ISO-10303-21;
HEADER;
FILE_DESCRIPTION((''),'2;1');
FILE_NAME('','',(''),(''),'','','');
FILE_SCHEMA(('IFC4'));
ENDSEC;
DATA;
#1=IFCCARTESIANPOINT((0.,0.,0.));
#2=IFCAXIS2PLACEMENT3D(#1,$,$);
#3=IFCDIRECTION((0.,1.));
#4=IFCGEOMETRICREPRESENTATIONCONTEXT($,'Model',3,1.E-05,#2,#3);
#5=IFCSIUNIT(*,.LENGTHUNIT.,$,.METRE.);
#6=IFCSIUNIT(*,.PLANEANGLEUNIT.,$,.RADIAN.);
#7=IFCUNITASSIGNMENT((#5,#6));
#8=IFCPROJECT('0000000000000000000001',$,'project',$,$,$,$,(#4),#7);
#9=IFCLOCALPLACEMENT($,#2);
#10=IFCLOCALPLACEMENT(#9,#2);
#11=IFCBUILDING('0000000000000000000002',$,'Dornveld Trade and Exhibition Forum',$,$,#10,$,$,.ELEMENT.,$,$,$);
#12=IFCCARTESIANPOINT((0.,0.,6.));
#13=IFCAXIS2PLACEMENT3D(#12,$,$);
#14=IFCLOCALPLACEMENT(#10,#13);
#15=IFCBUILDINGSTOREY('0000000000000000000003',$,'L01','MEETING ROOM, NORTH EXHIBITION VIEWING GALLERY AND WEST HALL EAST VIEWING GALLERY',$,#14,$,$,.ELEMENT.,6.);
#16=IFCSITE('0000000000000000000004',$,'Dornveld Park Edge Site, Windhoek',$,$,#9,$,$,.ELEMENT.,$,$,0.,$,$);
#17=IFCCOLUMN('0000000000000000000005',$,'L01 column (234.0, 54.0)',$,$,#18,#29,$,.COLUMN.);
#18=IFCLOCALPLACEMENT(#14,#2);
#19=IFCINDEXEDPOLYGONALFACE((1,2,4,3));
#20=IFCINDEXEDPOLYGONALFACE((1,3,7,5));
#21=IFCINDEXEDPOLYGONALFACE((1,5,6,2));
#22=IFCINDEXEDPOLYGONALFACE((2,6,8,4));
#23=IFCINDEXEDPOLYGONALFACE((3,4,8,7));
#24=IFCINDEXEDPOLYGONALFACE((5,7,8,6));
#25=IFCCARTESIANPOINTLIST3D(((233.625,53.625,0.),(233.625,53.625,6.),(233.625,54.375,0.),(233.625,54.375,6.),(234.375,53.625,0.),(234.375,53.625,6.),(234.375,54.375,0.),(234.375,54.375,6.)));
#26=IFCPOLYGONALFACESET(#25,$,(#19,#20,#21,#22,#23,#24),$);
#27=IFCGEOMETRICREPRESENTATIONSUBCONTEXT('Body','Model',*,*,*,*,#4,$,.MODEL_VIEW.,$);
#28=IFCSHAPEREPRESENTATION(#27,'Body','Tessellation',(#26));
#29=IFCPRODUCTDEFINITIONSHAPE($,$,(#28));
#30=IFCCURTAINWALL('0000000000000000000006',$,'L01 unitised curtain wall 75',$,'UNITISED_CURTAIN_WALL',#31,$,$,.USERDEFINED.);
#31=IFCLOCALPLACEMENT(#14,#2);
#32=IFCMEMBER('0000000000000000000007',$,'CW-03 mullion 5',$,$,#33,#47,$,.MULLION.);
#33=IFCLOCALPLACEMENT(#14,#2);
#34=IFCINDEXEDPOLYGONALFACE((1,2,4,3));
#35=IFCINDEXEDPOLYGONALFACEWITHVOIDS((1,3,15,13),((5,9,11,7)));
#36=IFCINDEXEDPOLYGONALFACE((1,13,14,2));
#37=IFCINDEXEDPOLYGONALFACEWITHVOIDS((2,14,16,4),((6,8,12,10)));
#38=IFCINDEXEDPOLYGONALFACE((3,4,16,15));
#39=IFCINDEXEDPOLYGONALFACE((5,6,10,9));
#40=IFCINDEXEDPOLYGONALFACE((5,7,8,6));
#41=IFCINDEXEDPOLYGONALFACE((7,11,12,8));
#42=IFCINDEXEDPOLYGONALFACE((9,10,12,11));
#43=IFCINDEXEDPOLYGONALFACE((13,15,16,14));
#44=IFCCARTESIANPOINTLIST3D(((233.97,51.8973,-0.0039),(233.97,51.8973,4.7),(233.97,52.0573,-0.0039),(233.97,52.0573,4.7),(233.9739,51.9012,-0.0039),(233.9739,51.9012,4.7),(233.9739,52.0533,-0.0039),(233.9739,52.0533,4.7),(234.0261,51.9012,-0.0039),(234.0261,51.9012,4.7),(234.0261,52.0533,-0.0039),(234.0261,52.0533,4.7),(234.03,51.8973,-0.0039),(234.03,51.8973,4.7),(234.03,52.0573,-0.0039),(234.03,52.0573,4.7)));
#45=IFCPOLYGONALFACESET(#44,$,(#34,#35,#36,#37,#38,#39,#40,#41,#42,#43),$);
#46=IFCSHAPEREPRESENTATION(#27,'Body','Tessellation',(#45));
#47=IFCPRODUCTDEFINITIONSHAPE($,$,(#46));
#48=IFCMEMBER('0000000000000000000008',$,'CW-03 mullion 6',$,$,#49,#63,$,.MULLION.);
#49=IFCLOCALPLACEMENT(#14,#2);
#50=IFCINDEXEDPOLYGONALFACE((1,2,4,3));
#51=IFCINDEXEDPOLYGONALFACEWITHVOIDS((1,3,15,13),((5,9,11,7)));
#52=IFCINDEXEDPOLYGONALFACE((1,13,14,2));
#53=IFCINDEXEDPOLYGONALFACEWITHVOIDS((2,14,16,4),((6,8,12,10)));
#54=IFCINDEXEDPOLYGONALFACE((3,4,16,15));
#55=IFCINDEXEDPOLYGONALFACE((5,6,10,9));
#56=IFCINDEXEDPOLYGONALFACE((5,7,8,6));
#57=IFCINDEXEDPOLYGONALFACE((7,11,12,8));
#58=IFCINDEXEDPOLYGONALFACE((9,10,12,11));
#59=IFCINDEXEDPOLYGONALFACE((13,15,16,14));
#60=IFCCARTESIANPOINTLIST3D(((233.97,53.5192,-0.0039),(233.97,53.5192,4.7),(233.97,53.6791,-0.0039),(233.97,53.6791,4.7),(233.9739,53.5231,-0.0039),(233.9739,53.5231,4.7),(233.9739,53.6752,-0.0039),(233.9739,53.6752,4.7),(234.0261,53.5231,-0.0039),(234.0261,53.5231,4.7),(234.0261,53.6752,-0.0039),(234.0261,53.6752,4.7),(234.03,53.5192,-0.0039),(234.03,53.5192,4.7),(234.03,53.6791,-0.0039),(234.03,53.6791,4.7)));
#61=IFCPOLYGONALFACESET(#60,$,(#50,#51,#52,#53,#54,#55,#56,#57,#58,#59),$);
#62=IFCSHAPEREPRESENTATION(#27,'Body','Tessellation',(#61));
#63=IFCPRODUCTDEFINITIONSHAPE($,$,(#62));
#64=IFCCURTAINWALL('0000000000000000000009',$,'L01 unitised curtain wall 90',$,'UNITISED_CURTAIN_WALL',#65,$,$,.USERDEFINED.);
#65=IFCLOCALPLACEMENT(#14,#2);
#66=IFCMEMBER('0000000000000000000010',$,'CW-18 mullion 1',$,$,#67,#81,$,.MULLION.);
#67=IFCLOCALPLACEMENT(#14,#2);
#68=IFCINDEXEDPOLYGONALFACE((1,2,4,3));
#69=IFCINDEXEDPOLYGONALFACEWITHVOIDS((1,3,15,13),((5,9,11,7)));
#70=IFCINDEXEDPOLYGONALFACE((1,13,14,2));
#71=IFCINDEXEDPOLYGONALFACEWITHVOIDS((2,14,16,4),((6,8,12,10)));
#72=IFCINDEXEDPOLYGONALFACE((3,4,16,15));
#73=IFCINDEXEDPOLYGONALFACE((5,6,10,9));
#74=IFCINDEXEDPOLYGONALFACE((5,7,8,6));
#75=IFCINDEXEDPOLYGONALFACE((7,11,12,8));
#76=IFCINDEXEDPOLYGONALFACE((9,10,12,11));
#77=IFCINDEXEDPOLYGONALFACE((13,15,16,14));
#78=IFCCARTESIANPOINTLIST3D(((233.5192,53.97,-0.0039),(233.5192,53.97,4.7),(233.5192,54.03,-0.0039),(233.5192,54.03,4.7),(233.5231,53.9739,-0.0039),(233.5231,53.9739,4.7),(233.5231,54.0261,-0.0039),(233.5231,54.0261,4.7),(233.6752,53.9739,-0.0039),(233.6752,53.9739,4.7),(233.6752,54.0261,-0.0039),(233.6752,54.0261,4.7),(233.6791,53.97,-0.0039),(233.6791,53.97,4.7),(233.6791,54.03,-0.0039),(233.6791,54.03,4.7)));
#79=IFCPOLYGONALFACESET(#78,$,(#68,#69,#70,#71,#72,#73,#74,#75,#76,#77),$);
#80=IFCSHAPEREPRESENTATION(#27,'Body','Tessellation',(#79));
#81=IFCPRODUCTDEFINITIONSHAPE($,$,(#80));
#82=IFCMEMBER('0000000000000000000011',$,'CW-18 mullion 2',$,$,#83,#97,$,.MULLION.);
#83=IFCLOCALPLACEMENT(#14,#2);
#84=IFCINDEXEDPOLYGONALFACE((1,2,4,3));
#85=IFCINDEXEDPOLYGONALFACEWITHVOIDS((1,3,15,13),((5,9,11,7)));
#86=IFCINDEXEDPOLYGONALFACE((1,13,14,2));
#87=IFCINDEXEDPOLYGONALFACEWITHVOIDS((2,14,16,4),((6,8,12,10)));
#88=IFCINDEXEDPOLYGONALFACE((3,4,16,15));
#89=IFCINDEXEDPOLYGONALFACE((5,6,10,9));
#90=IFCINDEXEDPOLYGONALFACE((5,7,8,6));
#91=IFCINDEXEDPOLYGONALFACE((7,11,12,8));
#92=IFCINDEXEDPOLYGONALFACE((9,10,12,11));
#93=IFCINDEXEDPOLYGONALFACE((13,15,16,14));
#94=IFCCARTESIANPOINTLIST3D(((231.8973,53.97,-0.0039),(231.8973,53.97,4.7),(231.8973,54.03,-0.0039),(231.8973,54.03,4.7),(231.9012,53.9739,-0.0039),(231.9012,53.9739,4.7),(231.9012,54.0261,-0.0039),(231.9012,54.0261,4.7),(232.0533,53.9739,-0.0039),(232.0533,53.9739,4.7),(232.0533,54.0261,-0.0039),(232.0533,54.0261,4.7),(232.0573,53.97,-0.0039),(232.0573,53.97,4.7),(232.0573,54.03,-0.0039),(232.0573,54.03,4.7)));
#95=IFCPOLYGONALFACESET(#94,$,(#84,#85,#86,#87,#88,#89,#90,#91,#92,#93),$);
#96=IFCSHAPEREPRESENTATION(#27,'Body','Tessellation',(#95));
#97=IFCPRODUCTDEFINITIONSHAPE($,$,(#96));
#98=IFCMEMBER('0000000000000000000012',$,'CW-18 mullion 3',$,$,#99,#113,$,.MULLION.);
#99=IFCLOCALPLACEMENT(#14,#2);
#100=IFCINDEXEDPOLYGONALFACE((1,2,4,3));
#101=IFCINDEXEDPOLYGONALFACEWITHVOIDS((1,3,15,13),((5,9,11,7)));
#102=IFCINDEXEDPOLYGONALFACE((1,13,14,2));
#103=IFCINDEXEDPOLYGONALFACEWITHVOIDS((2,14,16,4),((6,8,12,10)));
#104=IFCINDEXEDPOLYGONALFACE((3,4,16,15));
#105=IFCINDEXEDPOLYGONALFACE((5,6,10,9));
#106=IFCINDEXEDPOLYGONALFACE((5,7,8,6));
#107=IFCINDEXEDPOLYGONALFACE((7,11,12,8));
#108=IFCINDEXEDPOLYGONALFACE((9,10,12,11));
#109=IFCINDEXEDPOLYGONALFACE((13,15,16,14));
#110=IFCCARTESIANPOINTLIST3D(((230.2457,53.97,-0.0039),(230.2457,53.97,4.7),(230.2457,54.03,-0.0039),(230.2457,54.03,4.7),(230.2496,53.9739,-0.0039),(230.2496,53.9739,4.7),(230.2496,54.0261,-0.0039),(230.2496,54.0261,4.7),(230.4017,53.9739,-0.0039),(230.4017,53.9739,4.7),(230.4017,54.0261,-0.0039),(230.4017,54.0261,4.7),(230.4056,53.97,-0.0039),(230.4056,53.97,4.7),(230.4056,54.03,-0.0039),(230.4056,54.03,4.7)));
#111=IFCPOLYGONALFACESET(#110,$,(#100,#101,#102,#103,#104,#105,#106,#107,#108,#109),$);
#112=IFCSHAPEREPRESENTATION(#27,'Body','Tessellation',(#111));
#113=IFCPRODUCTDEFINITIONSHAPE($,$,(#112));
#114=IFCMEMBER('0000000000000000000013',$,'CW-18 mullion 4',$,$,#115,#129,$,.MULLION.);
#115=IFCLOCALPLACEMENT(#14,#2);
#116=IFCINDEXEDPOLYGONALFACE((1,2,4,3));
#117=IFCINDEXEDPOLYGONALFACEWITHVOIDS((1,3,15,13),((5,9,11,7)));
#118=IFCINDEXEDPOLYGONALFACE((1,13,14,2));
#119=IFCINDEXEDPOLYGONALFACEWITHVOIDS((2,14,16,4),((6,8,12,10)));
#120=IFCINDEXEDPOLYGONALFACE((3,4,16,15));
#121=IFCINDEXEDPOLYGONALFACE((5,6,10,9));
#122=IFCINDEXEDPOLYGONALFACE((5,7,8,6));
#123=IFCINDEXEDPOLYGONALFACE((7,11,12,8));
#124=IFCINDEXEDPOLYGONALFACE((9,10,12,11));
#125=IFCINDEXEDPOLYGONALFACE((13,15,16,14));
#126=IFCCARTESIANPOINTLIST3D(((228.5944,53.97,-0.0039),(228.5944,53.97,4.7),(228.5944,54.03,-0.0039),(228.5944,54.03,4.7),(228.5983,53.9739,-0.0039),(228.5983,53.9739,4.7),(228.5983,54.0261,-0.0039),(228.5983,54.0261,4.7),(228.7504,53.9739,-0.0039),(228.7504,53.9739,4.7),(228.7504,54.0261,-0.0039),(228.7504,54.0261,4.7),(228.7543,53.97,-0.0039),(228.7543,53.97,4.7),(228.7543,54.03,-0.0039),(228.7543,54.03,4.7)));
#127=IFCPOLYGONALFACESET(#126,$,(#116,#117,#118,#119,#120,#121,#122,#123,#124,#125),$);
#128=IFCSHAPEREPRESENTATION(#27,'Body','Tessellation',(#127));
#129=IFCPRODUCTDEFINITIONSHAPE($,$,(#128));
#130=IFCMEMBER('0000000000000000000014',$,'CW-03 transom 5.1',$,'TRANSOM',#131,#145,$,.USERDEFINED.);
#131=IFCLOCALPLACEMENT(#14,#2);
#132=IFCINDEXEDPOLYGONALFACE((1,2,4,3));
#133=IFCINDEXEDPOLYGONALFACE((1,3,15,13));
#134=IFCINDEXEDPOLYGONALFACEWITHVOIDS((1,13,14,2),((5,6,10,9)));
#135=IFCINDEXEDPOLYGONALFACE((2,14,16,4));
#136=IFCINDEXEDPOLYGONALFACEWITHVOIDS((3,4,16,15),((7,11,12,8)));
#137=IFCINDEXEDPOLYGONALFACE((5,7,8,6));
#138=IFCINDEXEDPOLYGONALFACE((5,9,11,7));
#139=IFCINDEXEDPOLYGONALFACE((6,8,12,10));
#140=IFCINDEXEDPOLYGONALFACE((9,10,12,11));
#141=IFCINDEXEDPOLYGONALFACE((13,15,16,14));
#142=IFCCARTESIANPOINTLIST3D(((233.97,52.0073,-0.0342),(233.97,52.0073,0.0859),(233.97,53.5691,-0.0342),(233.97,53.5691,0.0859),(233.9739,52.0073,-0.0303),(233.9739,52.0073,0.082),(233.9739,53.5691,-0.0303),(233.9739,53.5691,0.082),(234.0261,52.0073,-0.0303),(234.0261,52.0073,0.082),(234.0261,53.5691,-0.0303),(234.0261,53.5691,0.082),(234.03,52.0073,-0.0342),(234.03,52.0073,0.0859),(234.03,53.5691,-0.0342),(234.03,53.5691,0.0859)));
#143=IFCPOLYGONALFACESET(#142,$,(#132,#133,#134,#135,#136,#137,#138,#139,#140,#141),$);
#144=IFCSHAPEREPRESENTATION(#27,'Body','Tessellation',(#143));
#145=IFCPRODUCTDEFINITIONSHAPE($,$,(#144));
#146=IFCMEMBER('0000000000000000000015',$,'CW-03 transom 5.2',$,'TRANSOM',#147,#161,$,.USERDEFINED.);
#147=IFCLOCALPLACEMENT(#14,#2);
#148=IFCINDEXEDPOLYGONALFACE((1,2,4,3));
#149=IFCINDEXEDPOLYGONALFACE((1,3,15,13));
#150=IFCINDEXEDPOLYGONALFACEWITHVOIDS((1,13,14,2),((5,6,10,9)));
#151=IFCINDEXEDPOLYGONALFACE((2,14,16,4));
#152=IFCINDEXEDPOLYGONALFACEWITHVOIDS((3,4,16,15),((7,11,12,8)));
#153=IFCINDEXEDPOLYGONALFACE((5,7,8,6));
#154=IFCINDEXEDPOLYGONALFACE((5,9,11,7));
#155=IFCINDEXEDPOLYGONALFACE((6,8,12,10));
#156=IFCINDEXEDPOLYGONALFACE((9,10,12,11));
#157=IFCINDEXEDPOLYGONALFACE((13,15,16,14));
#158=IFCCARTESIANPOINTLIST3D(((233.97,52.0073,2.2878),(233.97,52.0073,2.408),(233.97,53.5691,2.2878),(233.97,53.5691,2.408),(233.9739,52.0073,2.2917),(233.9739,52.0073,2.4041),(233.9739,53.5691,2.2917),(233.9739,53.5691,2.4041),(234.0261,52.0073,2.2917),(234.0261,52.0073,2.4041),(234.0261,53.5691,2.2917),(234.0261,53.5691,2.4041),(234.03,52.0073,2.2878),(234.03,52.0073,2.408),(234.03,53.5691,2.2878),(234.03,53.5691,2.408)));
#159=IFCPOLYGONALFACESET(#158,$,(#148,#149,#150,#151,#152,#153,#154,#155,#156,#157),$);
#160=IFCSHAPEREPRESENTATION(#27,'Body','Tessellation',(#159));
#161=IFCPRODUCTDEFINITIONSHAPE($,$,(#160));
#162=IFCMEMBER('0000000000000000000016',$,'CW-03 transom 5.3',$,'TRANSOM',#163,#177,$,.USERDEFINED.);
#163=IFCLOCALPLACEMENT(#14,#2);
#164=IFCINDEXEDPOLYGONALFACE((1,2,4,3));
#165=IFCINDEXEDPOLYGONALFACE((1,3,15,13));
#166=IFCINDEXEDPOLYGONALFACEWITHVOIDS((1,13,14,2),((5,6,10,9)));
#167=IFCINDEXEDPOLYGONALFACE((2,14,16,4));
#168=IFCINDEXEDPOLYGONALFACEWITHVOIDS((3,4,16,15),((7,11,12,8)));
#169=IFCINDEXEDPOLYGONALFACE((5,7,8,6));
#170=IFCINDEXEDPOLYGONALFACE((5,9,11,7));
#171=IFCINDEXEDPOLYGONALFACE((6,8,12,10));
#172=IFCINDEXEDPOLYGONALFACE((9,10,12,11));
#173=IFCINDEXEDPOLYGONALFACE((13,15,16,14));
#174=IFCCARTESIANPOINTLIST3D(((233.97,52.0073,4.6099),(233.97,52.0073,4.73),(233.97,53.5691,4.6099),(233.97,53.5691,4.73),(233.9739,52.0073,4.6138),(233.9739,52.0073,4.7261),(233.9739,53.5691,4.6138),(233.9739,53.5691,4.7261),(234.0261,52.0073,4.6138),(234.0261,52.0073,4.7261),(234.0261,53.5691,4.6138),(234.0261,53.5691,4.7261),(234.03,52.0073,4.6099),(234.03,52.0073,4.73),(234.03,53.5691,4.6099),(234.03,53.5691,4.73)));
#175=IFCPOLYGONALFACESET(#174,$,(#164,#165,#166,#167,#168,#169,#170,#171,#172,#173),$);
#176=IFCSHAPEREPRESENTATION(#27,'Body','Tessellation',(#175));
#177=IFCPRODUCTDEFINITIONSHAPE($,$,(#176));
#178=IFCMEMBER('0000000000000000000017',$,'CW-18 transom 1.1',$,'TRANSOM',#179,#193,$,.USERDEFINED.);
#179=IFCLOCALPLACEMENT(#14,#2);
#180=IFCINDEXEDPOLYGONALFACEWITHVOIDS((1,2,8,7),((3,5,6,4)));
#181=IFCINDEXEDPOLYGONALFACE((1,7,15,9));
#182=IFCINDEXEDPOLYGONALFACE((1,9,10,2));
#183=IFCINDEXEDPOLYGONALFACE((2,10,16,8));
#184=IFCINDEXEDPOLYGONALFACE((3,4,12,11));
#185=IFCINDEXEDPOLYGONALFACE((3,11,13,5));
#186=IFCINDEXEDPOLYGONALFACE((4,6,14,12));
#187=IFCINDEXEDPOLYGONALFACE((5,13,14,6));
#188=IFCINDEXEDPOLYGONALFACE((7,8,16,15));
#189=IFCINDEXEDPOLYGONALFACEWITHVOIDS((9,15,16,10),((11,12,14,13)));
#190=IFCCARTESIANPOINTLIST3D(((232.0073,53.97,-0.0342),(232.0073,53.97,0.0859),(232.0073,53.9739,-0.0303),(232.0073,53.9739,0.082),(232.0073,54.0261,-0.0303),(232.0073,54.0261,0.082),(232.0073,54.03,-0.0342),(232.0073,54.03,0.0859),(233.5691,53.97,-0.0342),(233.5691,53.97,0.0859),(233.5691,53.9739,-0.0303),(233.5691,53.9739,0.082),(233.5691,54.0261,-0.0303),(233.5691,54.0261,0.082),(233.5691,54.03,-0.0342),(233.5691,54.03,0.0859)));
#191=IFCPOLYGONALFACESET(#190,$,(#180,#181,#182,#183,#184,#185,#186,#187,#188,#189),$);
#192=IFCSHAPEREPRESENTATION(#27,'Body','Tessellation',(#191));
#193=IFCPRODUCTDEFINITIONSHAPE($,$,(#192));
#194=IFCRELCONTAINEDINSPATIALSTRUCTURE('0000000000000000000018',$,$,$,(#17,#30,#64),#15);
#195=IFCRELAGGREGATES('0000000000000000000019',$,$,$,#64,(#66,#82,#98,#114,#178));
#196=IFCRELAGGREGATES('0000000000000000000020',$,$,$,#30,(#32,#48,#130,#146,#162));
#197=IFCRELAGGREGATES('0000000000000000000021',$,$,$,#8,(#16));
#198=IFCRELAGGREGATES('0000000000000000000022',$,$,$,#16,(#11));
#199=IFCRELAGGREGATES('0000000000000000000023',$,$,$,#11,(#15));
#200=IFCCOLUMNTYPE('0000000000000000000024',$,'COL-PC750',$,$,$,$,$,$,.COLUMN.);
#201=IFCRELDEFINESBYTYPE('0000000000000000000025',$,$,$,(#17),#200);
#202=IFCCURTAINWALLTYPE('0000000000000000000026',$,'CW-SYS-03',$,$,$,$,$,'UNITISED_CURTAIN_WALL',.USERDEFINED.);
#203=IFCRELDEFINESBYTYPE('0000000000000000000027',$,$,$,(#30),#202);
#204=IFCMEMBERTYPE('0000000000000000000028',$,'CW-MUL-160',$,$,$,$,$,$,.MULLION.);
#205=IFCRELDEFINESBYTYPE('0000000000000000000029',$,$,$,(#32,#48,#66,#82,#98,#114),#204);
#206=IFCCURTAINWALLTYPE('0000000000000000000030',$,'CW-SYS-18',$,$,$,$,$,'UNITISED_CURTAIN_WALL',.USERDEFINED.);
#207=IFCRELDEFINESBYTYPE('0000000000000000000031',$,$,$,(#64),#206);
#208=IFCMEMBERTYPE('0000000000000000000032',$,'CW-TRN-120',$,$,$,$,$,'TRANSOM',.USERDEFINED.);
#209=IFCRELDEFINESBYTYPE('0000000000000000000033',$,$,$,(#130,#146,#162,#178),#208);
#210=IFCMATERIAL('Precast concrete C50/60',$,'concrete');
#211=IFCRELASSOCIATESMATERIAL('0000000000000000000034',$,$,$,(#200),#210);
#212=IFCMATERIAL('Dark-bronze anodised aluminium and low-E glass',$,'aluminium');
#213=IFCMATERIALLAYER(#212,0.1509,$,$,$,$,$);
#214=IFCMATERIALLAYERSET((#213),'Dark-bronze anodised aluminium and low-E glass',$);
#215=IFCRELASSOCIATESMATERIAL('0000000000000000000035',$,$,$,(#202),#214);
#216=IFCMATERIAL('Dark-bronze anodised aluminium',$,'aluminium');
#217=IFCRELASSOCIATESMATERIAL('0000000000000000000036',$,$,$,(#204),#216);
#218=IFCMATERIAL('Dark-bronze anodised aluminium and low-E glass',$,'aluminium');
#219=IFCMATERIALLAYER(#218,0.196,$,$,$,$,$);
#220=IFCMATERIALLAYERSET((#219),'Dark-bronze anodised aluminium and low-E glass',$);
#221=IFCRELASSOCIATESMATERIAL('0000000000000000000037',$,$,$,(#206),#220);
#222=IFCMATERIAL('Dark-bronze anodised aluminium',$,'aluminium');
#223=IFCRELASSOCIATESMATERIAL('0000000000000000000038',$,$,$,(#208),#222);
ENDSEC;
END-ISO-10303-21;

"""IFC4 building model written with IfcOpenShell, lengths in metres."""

from ifc_helpers import new_model, si_unit, direction, frame, origin, origin_2d, place, context, subcontext, project, spatial, rectangle, hollow_rectangle, extrude, material, layer, layer_set, material_profile, profile_set, type_object, element, aggregate, save


model = new_model("IFC4")

# Units and contexts
model_context = context("Model", 3, precision=1e-05, world=origin(), true_north=direction((0.0, 1.0)))
body_context = subcontext(model_context, "Body", "Model", "MODEL_VIEW")
ifc_project = project(units=[si_unit("LENGTHUNIT", "METRE"), si_unit("PLANEANGLEUNIT", "RADIAN")], contexts=[model_context])

# Site, building, storey
site_placement = place(None, origin())
site = spatial("IfcSite", under=ifc_project, at=site_placement, Name="Dornveld Park Edge Site, Windhoek", CompositionType="ELEMENT", RefElevation=0.0)
building_placement = place(site_placement, origin())
building = spatial("IfcBuilding", under=site, at=building_placement, Name="Dornveld Trade and Exhibition Forum", CompositionType="ELEMENT")
storey_placement = place(building_placement, frame((0.0, 0.0, 6.0)))
storey = spatial("IfcBuildingStorey", under=building, at=storey_placement, Name="L01", Description="MEETING ROOM, NORTH EXHIBITION VIEWING GALLERY AND WEST HALL EAST VIEWING GALLERY", CompositionType="ELEMENT", Elevation=6.0)

# Column
ifc_material_1 = material(Name="Precast concrete C50/60", Category="concrete")
ifc_material_profile_1 = material_profile(ifc_material_1, rectangle(XDim=0.75, YDim=0.75, at=origin_2d()), Name="PC-COL 750x750")
ifc_profile_set_1 = profile_set([ifc_material_profile_1], Name="Precast concrete C50/60")
column_type = type_object("IfcColumnType", Name="COL-PC750", PredefinedType="COLUMN", material=ifc_profile_set_1)
column_placement = place(storey_placement, frame((234.0, 54.0, 0.0), z_axis=(0.0, 0.0, 1.0), x_axis=(1.0, 0.0, 0.0)))
element("IfcColumn", 1, at=column_placement, inside=storey, type_object=column_type, Name="L01 column (234.0, 54.0)", PredefinedType="COLUMN", context=body_context, shape_type="SweptSolid", body=[
    extrude(rectangle(XDim=0.75, YDim=0.75, at=origin_2d()), origin(), (0.0, 0.0, 1.0), 6.0),
])

# Curtain walls, members
ifc_material_2 = material(Name="Dark-bronze anodised aluminium and low-E glass", Category="aluminium")
ifc_layer_1 = layer(ifc_material_2, 0.1509)
ifc_layer_set_1 = layer_set([ifc_layer_1], Name="Dark-bronze anodised aluminium and low-E glass")
curtain_wall_type_1 = type_object("IfcCurtainWallType", Name="CW-SYS-03", ElementType="UNITISED_CURTAIN_WALL", PredefinedType="USERDEFINED", material=ifc_layer_set_1)
curtain_wall_1_placement = place(storey_placement, origin())
curtain_wall_1 = element("IfcCurtainWall", 2, at=curtain_wall_1_placement, inside=storey, type_object=curtain_wall_type_1, Name="L01 unitised curtain wall 75", ObjectType="UNITISED_CURTAIN_WALL", PredefinedType="USERDEFINED")
ifc_material_3 = material(Name="Dark-bronze anodised aluminium", Category="aluminium")
ifc_material_profile_2 = material_profile(ifc_material_3, hollow_rectangle(XDim=0.0601, YDim=0.1599, WallThickness=0.0039, at=origin_2d()), Name="RHS 160x60x4")
ifc_profile_set_2 = profile_set([ifc_material_profile_2], Name="Dark-bronze anodised aluminium")
member_type_1 = type_object("IfcMemberType", Name="CW-MUL-160", PredefinedType="MULLION", material=ifc_profile_set_2)
member_1_placement = place(storey_placement, frame((234.0, 51.9773, -0.0039), z_axis=(0.0, 0.0, 1.0), x_axis=(-1.0, 0.0, 0.0)))
member_1 = element("IfcMember", 3, at=member_1_placement, type_object=member_type_1, Name="CW-03 mullion 5", PredefinedType="MULLION", context=body_context, shape_type="SweptSolid", body=[
    extrude(hollow_rectangle(XDim=0.0601, YDim=0.1599, WallThickness=0.0039, at=origin_2d()), origin(), (0.0, 0.0, 1.0), 4.7039),
])
member_2_placement = place(storey_placement, frame((234.0, 53.5991, -0.0039), z_axis=(0.0, 0.0, 1.0), x_axis=(-1.0, 0.0, 0.0)))
member_2 = element("IfcMember", 4, at=member_2_placement, type_object=member_type_1, Name="CW-03 mullion 6", PredefinedType="MULLION", context=body_context, shape_type="SweptSolid", body=[
    extrude(hollow_rectangle(XDim=0.0601, YDim=0.1599, WallThickness=0.0039, at=origin_2d()), origin(), (0.0, 0.0, 1.0), 4.7039),
])
ifc_material_4 = material(Name="Dark-bronze anodised aluminium and low-E glass", Category="aluminium")
ifc_layer_2 = layer(ifc_material_4, 0.196)
ifc_layer_set_2 = layer_set([ifc_layer_2], Name="Dark-bronze anodised aluminium and low-E glass")
curtain_wall_type_2 = type_object("IfcCurtainWallType", Name="CW-SYS-18", ElementType="UNITISED_CURTAIN_WALL", PredefinedType="USERDEFINED", material=ifc_layer_set_2)
curtain_wall_2_placement = place(storey_placement, origin())
curtain_wall_2 = element("IfcCurtainWall", 5, at=curtain_wall_2_placement, inside=storey, type_object=curtain_wall_type_2, Name="L01 unitised curtain wall 90", ObjectType="UNITISED_CURTAIN_WALL", PredefinedType="USERDEFINED")
member_3_placement = place(storey_placement, frame((233.5991, 54.0, -0.0039), z_axis=(0.0, 0.0, 1.0), x_axis=(0.0, -1.0, 0.0)))
member_3 = element("IfcMember", 6, at=member_3_placement, type_object=member_type_1, Name="CW-18 mullion 1", PredefinedType="MULLION", context=body_context, shape_type="SweptSolid", body=[
    extrude(hollow_rectangle(XDim=0.0601, YDim=0.1599, WallThickness=0.0039, at=origin_2d()), origin(), (0.0, 0.0, 1.0), 4.7039),
])
member_4_placement = place(storey_placement, frame((231.9773, 54.0, -0.0039), z_axis=(0.0, 0.0, 1.0), x_axis=(0.0, -1.0, 0.0)))
member_4 = element("IfcMember", 7, at=member_4_placement, type_object=member_type_1, Name="CW-18 mullion 2", PredefinedType="MULLION", context=body_context, shape_type="SweptSolid", body=[
    extrude(hollow_rectangle(XDim=0.0601, YDim=0.1599, WallThickness=0.0039, at=origin_2d()), origin(), (0.0, 0.0, 1.0), 4.7039),
])
member_5_placement = place(storey_placement, frame((230.3257, 54.0, -0.0039), z_axis=(0.0, 0.0, 1.0), x_axis=(0.0, -1.0, 0.0)))
member_5 = element("IfcMember", 8, at=member_5_placement, type_object=member_type_1, Name="CW-18 mullion 3", PredefinedType="MULLION", context=body_context, shape_type="SweptSolid", body=[
    extrude(hollow_rectangle(XDim=0.0601, YDim=0.1599, WallThickness=0.0039, at=origin_2d()), origin(), (0.0, 0.0, 1.0), 4.7039),
])
member_6_placement = place(storey_placement, frame((228.6743, 54.0, -0.0039), z_axis=(0.0, 0.0, 1.0), x_axis=(0.0, -1.0, 0.0)))
member_6 = element("IfcMember", 9, at=member_6_placement, type_object=member_type_1, Name="CW-18 mullion 4", PredefinedType="MULLION", context=body_context, shape_type="SweptSolid", body=[
    extrude(hollow_rectangle(XDim=0.0601, YDim=0.1599, WallThickness=0.0039, at=origin_2d()), origin(), (0.0, 0.0, 1.0), 4.7039),
])

# Members
ifc_material_5 = material(Name="Dark-bronze anodised aluminium", Category="aluminium")
ifc_material_profile_3 = material_profile(ifc_material_5, hollow_rectangle(XDim=0.0601, YDim=0.1201, WallThickness=0.0039, at=origin_2d()), Name="RHS 120x60x4")
ifc_profile_set_3 = profile_set([ifc_material_profile_3], Name="Dark-bronze anodised aluminium")
member_type_2 = type_object("IfcMemberType", Name="CW-TRN-120", ElementType="TRANSOM", PredefinedType="USERDEFINED", material=ifc_profile_set_3)
member_7_placement = place(storey_placement, frame((234.0, 52.0073, 0.0259), z_axis=(0.0, 1.0, 0.0), x_axis=(-1.0, 0.0, 0.0)))
member_7 = element("IfcMember", 10, at=member_7_placement, type_object=member_type_2, Name="CW-03 transom 5.1", ObjectType="TRANSOM", PredefinedType="USERDEFINED", context=body_context, shape_type="SweptSolid", body=[
    extrude(hollow_rectangle(XDim=0.0601, YDim=0.1201, WallThickness=0.0039, at=origin_2d()), origin(), (0.0, 0.0, 1.0), 1.5618),
])
member_8_placement = place(storey_placement, frame((234.0, 52.0073, 2.3479), z_axis=(0.0, 1.0, 0.0), x_axis=(-1.0, 0.0, 0.0)))
member_8 = element("IfcMember", 11, at=member_8_placement, type_object=member_type_2, Name="CW-03 transom 5.2", ObjectType="TRANSOM", PredefinedType="USERDEFINED", context=body_context, shape_type="SweptSolid", body=[
    extrude(hollow_rectangle(XDim=0.0601, YDim=0.1201, WallThickness=0.0039, at=origin_2d()), origin(), (0.0, 0.0, 1.0), 1.5618),
])
member_9_placement = place(storey_placement, frame((234.0, 52.0073, 4.6699), z_axis=(0.0, 1.0, 0.0), x_axis=(-1.0, 0.0, 0.0)))
member_9 = element("IfcMember", 12, at=member_9_placement, type_object=member_type_2, Name="CW-03 transom 5.3", ObjectType="TRANSOM", PredefinedType="USERDEFINED", context=body_context, shape_type="SweptSolid", body=[
    extrude(hollow_rectangle(XDim=0.0601, YDim=0.1201, WallThickness=0.0039, at=origin_2d()), origin(), (0.0, 0.0, 1.0), 1.5618),
])
member_10_placement = place(storey_placement, frame((233.5691, 54.0, 0.0259), z_axis=(-1.0, 0.0, 0.0), x_axis=(0.0, -1.0, 0.0)))
member_10 = element("IfcMember", 13, at=member_10_placement, type_object=member_type_2, Name="CW-18 transom 1.1", ObjectType="TRANSOM", PredefinedType="USERDEFINED", context=body_context, shape_type="SweptSolid", body=[
    extrude(hollow_rectangle(XDim=0.0601, YDim=0.1201, WallThickness=0.0039, at=origin_2d()), origin(), (0.0, 0.0, 1.0), 1.5618),
])

aggregate(curtain_wall_2, [member_3, member_4, member_5, member_6, member_10])
aggregate(curtain_wall_1, [member_1, member_2, member_7, member_8, member_9])

save(model, "model.ifc")
